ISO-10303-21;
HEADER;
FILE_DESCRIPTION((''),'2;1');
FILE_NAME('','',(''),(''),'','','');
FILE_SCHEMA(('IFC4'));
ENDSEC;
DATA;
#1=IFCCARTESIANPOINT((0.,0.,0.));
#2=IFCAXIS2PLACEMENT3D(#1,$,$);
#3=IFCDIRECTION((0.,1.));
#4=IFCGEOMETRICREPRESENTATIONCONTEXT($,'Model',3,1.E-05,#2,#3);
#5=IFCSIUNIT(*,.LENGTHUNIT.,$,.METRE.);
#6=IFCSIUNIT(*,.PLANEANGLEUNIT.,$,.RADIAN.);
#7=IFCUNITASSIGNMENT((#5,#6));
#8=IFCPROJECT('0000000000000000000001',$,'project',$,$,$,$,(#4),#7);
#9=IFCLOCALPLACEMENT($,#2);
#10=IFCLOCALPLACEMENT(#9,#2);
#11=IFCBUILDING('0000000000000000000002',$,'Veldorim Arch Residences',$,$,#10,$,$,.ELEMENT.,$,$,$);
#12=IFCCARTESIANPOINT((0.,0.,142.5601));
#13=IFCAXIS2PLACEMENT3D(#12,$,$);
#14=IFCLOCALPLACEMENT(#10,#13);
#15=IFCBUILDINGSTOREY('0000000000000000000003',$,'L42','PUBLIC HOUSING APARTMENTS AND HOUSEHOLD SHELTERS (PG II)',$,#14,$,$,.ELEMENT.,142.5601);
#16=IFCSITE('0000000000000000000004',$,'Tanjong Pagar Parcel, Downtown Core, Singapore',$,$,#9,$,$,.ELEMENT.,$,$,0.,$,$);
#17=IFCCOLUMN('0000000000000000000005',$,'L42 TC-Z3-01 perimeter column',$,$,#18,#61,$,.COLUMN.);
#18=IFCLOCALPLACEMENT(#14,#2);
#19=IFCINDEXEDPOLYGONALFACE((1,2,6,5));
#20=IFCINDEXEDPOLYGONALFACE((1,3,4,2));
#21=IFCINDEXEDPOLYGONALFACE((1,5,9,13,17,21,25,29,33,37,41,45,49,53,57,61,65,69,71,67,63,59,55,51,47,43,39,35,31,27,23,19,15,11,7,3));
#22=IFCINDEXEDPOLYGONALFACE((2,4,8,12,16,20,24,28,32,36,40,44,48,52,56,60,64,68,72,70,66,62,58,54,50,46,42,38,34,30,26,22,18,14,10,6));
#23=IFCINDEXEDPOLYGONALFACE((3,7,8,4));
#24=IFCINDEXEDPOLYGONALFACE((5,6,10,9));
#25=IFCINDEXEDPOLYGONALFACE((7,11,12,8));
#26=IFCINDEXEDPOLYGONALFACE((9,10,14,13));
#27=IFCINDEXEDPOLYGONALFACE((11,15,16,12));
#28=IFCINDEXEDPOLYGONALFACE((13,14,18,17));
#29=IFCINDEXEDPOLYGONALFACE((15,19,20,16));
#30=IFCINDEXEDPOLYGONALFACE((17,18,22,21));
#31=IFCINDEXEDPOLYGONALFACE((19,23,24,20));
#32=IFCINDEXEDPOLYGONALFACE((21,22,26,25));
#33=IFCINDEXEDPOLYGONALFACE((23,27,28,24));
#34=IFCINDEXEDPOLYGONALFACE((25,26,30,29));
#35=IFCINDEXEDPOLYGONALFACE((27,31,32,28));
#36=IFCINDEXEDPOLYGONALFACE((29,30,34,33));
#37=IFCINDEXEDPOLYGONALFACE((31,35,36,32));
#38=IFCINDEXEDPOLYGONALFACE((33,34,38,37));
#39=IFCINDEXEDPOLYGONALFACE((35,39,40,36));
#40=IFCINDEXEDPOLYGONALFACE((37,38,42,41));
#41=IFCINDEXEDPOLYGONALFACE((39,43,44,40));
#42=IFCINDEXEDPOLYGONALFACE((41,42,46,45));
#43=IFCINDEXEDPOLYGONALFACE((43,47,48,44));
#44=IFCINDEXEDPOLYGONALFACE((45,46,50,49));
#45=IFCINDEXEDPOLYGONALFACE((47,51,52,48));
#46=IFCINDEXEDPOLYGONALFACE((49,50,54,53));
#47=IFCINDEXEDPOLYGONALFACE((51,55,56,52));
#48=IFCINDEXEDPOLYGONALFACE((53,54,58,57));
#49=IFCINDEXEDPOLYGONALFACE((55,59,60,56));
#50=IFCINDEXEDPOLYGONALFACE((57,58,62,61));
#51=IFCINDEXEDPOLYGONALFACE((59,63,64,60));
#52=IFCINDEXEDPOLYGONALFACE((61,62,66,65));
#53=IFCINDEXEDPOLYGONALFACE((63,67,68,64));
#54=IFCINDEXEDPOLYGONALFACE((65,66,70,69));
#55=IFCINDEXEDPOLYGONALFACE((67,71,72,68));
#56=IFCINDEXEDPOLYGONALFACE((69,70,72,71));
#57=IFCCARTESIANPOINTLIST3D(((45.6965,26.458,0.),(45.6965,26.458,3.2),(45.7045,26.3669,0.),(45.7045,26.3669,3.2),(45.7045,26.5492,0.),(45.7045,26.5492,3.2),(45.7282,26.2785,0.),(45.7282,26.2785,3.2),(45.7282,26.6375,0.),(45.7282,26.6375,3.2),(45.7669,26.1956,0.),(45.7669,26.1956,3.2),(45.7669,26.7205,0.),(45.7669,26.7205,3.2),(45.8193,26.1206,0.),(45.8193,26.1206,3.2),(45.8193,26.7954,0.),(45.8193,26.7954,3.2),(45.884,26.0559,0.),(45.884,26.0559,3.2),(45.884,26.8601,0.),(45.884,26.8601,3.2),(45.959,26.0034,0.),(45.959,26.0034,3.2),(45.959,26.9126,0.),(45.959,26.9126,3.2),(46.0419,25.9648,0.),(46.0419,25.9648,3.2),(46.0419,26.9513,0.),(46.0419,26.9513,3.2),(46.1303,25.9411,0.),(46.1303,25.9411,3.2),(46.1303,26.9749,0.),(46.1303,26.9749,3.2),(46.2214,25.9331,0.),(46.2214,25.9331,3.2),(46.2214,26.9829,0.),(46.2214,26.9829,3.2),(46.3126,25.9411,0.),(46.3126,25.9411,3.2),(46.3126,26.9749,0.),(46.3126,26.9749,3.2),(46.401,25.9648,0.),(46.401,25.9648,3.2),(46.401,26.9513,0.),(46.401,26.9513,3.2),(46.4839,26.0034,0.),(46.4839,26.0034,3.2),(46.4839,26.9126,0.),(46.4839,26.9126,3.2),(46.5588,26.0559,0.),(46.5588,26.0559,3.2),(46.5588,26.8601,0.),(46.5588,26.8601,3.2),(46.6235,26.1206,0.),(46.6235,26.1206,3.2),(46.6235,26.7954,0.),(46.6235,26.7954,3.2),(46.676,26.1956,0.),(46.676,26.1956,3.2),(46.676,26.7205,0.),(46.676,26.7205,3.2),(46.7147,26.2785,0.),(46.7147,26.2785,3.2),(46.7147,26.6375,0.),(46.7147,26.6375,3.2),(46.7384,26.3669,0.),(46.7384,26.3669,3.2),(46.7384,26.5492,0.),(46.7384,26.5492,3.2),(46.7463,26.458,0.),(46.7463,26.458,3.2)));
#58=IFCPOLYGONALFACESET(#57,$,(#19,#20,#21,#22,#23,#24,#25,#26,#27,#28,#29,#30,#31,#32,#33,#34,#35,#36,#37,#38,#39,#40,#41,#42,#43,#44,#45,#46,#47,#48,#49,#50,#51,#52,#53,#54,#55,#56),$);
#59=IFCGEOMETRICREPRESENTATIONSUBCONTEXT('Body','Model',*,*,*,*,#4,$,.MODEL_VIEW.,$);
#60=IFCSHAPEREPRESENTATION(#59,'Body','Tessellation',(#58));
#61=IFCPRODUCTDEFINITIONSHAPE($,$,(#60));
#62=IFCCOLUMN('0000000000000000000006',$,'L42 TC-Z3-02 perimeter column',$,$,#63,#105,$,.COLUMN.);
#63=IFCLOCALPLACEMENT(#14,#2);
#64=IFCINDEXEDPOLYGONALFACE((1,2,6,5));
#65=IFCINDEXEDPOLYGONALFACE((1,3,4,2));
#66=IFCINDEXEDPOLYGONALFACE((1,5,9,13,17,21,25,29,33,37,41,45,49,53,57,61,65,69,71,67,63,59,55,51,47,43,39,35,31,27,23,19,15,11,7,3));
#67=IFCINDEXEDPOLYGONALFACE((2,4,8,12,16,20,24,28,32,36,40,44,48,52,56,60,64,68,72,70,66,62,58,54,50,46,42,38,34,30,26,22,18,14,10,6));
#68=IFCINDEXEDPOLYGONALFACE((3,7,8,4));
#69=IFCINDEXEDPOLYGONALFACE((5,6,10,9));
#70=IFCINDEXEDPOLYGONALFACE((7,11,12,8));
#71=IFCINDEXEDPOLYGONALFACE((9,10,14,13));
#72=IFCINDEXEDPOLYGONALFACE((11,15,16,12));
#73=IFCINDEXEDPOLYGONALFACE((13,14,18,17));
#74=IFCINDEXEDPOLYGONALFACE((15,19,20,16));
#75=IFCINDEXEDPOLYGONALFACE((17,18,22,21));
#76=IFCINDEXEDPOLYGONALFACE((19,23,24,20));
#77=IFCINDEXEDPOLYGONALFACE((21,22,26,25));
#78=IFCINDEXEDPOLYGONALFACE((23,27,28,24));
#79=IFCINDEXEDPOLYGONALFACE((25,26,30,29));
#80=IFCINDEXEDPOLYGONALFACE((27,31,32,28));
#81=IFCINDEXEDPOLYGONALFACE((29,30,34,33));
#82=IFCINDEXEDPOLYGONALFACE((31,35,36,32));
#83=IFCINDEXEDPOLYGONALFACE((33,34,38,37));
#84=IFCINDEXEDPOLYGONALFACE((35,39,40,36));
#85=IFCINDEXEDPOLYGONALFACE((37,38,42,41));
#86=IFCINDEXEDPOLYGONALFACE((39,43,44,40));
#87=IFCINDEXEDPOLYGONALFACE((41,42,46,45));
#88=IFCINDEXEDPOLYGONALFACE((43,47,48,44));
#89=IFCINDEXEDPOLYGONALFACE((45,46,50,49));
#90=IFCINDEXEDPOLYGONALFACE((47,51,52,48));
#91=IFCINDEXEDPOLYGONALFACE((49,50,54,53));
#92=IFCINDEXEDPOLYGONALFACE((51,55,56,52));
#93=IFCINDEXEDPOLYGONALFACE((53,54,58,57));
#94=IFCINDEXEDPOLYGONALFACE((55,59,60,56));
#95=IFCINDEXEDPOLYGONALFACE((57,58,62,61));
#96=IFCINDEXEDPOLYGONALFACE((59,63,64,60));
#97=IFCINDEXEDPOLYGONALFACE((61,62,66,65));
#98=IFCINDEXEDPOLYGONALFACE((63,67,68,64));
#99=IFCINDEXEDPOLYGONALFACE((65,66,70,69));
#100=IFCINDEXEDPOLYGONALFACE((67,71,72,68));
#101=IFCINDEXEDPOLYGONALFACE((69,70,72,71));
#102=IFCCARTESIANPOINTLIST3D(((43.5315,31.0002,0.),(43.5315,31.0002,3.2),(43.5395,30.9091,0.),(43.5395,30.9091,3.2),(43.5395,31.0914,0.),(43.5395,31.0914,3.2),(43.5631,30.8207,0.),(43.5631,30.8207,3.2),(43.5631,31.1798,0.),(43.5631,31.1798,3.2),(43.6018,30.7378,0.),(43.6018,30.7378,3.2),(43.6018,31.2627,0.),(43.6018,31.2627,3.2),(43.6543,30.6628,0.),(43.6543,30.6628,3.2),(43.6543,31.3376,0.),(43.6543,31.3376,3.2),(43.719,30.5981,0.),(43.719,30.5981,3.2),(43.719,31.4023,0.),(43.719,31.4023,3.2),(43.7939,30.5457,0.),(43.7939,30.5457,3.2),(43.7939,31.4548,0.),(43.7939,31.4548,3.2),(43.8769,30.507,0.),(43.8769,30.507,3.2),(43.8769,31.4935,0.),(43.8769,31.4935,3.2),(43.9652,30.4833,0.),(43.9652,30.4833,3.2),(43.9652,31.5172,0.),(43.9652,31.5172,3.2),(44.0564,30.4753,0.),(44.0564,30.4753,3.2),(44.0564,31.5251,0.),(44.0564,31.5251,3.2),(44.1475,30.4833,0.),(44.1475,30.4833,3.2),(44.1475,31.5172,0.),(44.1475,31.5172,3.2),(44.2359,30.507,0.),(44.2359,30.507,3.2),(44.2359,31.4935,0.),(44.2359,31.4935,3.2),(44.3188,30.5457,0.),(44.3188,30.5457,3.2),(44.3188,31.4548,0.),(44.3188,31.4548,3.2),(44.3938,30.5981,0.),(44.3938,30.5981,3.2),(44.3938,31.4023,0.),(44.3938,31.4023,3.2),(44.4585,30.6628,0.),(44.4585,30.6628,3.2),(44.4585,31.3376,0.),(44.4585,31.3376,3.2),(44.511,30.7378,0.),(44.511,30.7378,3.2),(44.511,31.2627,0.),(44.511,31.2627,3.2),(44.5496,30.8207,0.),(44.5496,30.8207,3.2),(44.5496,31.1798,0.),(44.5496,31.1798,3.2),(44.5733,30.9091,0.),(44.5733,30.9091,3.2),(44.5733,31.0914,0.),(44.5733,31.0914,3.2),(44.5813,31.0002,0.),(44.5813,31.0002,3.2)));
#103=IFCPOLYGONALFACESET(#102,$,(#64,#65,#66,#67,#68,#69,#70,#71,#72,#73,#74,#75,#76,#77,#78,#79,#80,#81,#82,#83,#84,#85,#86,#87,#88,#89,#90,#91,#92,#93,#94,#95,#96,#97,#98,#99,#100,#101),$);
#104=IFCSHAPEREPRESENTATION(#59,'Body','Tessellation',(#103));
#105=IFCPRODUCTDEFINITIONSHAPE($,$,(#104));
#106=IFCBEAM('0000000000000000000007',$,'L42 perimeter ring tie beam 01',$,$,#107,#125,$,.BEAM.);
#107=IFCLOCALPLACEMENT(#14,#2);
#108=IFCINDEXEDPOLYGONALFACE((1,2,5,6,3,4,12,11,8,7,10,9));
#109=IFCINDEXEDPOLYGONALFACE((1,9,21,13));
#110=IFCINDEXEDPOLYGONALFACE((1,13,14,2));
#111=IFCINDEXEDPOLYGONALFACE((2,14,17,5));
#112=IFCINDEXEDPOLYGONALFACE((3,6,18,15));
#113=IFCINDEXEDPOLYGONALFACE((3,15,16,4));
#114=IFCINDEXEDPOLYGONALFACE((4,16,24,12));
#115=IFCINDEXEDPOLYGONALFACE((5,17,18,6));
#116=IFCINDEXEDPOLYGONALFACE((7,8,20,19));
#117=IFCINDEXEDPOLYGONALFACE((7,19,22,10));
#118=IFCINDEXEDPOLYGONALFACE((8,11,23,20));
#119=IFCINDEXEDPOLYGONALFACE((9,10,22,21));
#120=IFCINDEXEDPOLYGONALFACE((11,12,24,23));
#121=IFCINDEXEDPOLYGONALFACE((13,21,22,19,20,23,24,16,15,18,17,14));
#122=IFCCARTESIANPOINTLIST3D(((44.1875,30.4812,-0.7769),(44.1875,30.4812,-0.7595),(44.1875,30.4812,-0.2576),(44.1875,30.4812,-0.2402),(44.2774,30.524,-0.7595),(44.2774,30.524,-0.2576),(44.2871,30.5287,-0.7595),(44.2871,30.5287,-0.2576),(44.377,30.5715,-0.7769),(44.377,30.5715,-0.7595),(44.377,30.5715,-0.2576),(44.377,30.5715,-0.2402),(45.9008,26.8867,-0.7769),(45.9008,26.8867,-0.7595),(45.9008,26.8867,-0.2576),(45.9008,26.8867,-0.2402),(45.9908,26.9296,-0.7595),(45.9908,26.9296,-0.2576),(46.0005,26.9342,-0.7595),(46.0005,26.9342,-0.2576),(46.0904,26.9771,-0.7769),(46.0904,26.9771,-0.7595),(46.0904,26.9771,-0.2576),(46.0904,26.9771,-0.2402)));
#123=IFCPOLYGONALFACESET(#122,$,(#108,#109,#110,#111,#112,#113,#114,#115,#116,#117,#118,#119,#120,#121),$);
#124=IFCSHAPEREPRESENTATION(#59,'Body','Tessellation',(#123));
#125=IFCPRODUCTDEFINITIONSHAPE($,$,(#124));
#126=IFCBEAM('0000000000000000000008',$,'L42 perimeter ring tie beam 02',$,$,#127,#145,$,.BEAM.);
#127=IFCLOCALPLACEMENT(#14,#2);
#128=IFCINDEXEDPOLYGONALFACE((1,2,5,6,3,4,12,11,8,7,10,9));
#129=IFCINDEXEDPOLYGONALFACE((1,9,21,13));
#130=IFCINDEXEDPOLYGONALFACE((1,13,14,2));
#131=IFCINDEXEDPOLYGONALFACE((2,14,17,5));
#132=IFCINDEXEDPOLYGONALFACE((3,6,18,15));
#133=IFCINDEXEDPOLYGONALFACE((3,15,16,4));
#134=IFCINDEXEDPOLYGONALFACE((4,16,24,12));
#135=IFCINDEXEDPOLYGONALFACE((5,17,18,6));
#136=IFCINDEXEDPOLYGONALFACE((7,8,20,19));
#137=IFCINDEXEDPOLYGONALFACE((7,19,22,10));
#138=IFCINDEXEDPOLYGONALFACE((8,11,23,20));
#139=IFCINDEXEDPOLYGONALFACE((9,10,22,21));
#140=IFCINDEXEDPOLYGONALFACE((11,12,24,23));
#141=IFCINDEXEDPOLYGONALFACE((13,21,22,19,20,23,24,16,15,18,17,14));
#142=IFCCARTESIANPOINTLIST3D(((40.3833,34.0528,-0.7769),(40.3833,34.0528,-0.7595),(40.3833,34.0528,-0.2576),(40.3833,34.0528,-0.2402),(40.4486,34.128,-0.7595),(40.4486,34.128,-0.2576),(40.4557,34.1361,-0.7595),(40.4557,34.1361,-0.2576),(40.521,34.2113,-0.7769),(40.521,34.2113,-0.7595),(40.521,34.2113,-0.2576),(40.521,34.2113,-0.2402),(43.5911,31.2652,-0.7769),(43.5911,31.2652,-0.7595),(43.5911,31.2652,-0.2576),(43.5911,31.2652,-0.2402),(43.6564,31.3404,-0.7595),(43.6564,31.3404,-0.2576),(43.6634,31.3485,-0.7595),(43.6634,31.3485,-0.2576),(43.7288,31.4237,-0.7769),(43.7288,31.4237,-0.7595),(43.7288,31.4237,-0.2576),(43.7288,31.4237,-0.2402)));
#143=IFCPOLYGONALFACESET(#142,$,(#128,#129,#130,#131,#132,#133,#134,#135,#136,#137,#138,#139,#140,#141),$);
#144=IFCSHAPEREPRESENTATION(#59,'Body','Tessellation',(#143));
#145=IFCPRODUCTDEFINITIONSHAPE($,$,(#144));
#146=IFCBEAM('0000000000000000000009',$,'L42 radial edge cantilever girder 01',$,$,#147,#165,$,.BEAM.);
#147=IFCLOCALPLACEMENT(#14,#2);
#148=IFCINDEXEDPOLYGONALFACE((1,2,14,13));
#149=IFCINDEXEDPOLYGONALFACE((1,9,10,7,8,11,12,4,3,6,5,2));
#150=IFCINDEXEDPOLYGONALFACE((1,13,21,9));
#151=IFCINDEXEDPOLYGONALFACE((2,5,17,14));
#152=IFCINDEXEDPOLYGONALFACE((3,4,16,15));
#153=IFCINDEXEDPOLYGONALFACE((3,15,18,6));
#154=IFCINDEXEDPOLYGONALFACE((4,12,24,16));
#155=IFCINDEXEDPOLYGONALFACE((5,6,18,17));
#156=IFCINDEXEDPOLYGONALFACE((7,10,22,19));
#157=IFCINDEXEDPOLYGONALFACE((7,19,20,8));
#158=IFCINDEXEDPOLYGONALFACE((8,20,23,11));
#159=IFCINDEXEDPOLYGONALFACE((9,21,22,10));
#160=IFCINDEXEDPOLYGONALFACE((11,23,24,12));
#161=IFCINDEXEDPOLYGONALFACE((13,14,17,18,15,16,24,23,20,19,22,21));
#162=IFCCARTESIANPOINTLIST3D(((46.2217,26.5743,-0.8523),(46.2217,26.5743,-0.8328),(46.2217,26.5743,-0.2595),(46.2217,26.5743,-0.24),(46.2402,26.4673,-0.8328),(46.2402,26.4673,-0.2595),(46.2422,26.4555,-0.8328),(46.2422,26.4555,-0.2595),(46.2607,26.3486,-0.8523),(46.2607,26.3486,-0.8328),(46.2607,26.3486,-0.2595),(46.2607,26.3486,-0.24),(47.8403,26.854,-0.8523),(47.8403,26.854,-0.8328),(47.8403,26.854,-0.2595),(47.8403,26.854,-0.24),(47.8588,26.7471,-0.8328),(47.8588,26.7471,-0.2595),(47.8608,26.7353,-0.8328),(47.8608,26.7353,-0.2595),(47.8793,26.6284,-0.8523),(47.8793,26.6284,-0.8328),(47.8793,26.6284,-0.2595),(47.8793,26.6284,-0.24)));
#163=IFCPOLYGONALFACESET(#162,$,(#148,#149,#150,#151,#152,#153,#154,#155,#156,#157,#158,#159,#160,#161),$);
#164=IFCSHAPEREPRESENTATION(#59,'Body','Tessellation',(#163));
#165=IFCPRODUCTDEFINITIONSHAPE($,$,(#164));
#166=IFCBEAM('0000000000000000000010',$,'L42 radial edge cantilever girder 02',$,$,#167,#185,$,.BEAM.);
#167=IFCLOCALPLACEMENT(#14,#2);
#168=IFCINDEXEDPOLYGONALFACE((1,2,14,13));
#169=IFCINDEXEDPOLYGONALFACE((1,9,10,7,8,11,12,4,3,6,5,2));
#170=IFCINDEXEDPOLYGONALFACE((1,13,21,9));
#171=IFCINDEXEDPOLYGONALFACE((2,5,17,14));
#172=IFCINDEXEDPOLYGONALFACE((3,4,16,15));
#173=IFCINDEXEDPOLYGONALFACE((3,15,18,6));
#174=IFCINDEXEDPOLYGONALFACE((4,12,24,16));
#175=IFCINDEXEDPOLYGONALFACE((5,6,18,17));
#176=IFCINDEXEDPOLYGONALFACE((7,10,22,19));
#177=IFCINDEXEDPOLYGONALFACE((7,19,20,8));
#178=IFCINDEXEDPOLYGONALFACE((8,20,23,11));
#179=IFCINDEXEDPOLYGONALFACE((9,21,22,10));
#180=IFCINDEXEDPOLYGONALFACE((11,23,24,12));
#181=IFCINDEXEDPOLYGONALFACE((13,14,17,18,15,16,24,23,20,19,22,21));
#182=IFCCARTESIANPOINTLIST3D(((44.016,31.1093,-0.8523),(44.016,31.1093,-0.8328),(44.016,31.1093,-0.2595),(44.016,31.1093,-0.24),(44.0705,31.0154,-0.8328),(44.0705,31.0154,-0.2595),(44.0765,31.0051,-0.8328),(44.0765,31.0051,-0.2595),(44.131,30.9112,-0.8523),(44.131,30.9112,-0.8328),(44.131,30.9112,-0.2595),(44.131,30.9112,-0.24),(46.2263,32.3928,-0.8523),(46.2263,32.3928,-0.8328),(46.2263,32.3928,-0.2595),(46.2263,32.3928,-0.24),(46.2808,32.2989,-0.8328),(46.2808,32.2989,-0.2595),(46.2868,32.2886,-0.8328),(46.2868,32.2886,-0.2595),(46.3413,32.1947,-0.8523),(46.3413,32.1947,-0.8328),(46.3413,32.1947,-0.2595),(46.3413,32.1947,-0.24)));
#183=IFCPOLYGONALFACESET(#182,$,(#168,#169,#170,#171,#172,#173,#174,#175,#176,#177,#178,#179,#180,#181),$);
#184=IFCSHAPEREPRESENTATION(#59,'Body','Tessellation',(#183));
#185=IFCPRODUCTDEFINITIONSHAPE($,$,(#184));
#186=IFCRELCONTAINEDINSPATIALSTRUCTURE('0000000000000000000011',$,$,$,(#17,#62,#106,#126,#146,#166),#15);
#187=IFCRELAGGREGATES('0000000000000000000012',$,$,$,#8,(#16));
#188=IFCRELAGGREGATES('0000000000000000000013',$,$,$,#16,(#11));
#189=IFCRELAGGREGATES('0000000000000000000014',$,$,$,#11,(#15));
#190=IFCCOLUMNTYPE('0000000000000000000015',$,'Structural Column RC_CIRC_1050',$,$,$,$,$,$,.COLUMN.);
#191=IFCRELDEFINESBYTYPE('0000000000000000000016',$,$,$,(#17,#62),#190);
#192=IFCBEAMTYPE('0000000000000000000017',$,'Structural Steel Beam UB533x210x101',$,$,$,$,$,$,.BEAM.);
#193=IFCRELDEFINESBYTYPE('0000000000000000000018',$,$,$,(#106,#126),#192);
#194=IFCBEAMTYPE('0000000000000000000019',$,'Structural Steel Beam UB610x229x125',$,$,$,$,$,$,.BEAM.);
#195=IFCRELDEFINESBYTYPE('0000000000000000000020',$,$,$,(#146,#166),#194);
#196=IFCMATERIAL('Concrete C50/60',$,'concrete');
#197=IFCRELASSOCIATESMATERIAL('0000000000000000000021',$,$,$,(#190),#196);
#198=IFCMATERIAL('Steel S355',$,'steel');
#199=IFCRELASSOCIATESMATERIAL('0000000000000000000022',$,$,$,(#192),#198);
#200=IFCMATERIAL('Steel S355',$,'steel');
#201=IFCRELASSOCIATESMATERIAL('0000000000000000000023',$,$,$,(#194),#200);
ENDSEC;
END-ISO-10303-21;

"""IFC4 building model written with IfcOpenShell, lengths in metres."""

from ifc_helpers import new_model, si_unit, direction, frame, origin, origin_2d, place, context, subcontext, project, spatial, circle, i_section, extrude, material, material_profile, profile_set, type_object, element, save


model = new_model("IFC4")

# Units and contexts
model_context = context("Model", 3, precision=1e-05, world=origin(), true_north=direction((0.0, 1.0)))
body_context = subcontext(model_context, "Body", "Model", "MODEL_VIEW")
ifc_project = project(units=[si_unit("LENGTHUNIT", "METRE"), si_unit("PLANEANGLEUNIT", "RADIAN")], contexts=[model_context])

# Site, building, storey
site_placement = place(None, origin())
site = spatial("IfcSite", under=ifc_project, at=site_placement, Name="Tanjong Pagar Parcel, Downtown Core, Singapore", CompositionType="ELEMENT", RefElevation=0.0)
building_placement = place(site_placement, origin())
building = spatial("IfcBuilding", under=site, at=building_placement, Name="Veldorim Arch Residences", CompositionType="ELEMENT")
storey_placement = place(building_placement, frame((0.0, 0.0, 142.5601)))
storey = spatial("IfcBuildingStorey", under=building, at=storey_placement, Name="L42", Description="PUBLIC HOUSING APARTMENTS AND HOUSEHOLD SHELTERS (PG II)", CompositionType="ELEMENT", Elevation=142.5601)

# Columns
ifc_material_1 = material(Name="Concrete C50/60", Category="concrete")
ifc_material_profile_1 = material_profile(ifc_material_1, circle(Radius=0.5249, at=origin_2d()), Name="RC_CIRC_1050")
ifc_profile_set_1 = profile_set([ifc_material_profile_1], Name="Concrete C50/60")
column_type = type_object("IfcColumnType", Name="Structural Column RC_CIRC_1050", PredefinedType="COLUMN", material=ifc_profile_set_1)
for number, where, z_axis, x_axis, name in (
    (1, (46.2214, 26.458, 0.0), (0.0, 0.0, 1.0), (1.0, 0.0, 0.0), "L42 TC-Z3-01 perimeter column"),
    (2, (44.0564, 31.0002, 0.0), (0.0, 0.0, 1.0), (1.0, 0.0, 0.0), "L42 TC-Z3-02 perimeter column"),
):
    element("IfcColumn", number, at=place(storey_placement, frame(where, z_axis=z_axis, x_axis=x_axis)), inside=storey, type_object=column_type, Name=name, PredefinedType="COLUMN", context=body_context, shape_type="SweptSolid", body=[
        extrude(circle(Radius=0.5249, at=origin_2d()), origin(), (0.0, 0.0, 1.0), 3.2),
    ])

# Beams
ifc_material_2 = material(Name="Steel S355", Category="steel")
ifc_material_profile_2 = material_profile(ifc_material_2, i_section(OverallWidth=0.21, OverallDepth=0.5366, WebThickness=0.0107, FlangeThickness=0.0173, at=origin_2d()), Name="UB533x210x101")
ifc_profile_set_2 = profile_set([ifc_material_profile_2], Name="Steel S355")
beam_type_1 = type_object("IfcBeamType", Name="Structural Steel Beam UB533x210x101", PredefinedType="BEAM", material=ifc_profile_set_2)
beam_1_placement = place(storey_placement, frame((45.9956, 26.9319, -0.5085), z_axis=(-0.430286, 0.902693, 0.0), x_axis=(-0.902693, -0.430286, 0.0)))
element("IfcBeam", 3, at=beam_1_placement, inside=storey, type_object=beam_type_1, Name="L42 perimeter ring tie beam 01", PredefinedType="BEAM", context=body_context, shape_type="SweptSolid", body=[
    extrude(i_section(OverallWidth=0.21, OverallDepth=0.5366, WebThickness=0.0107, FlangeThickness=0.0173, at=origin_2d()), origin(), (0.0, 0.0, 1.0), 3.9819),
])
beam_2_placement = place(storey_placement, frame((43.6599, 31.3445, -0.5085), z_axis=(-0.754811, 0.655943, 0.0), x_axis=(-0.655943, -0.754811, 0.0)))
element("IfcBeam", 4, at=beam_2_placement, inside=storey, type_object=beam_type_1, Name="L42 perimeter ring tie beam 02", PredefinedType="BEAM", context=body_context, shape_type="SweptSolid", body=[
    extrude(i_section(OverallWidth=0.21, OverallDepth=0.5366, WebThickness=0.0107, FlangeThickness=0.0173, at=origin_2d()), origin(), (0.0, 0.0, 1.0), 4.2498),
])
ifc_material_3 = material(Name="Steel S355", Category="steel")
ifc_material_profile_3 = material_profile(ifc_material_3, i_section(OverallWidth=0.229, OverallDepth=0.6123, WebThickness=0.012, FlangeThickness=0.0195, at=origin_2d()), Name="UB610x229x125")
ifc_profile_set_3 = profile_set([ifc_material_profile_3], Name="Steel S355")
beam_type_2 = type_object("IfcBeamType", Name="Structural Steel Beam UB610x229x125", PredefinedType="BEAM", material=ifc_profile_set_3)
beam_3_placement = place(storey_placement, frame((46.2412, 26.4614, -0.5461), z_axis=(0.985388, 0.170325, 0.0), x_axis=(-0.170325, 0.985388, 0.0)))
element("IfcBeam", 5, at=beam_3_placement, inside=storey, type_object=beam_type_2, Name="L42 radial edge cantilever girder 01", PredefinedType="BEAM", context=body_context, shape_type="SweptSolid", body=[
    extrude(i_section(OverallWidth=0.229, OverallDepth=0.6123, WebThickness=0.012, FlangeThickness=0.0195, at=origin_2d()), origin(), (0.0, 0.0, 1.0), 1.6426),
])
beam_4_placement = place(storey_placement, frame((44.0735, 31.0103, -0.5461), z_axis=(0.864772, 0.502165, 0.0), x_axis=(-0.502165, 0.864772, 0.0)))
element("IfcBeam", 6, at=beam_4_placement, inside=storey, type_object=beam_type_2, Name="L42 radial edge cantilever girder 02", PredefinedType="BEAM", context=body_context, shape_type="SweptSolid", body=[
    extrude(i_section(OverallWidth=0.229, OverallDepth=0.6123, WebThickness=0.012, FlangeThickness=0.0195, at=origin_2d()), origin(), (0.0, 0.0, 1.0), 2.5559),
])

save(model, "model.ifc")
